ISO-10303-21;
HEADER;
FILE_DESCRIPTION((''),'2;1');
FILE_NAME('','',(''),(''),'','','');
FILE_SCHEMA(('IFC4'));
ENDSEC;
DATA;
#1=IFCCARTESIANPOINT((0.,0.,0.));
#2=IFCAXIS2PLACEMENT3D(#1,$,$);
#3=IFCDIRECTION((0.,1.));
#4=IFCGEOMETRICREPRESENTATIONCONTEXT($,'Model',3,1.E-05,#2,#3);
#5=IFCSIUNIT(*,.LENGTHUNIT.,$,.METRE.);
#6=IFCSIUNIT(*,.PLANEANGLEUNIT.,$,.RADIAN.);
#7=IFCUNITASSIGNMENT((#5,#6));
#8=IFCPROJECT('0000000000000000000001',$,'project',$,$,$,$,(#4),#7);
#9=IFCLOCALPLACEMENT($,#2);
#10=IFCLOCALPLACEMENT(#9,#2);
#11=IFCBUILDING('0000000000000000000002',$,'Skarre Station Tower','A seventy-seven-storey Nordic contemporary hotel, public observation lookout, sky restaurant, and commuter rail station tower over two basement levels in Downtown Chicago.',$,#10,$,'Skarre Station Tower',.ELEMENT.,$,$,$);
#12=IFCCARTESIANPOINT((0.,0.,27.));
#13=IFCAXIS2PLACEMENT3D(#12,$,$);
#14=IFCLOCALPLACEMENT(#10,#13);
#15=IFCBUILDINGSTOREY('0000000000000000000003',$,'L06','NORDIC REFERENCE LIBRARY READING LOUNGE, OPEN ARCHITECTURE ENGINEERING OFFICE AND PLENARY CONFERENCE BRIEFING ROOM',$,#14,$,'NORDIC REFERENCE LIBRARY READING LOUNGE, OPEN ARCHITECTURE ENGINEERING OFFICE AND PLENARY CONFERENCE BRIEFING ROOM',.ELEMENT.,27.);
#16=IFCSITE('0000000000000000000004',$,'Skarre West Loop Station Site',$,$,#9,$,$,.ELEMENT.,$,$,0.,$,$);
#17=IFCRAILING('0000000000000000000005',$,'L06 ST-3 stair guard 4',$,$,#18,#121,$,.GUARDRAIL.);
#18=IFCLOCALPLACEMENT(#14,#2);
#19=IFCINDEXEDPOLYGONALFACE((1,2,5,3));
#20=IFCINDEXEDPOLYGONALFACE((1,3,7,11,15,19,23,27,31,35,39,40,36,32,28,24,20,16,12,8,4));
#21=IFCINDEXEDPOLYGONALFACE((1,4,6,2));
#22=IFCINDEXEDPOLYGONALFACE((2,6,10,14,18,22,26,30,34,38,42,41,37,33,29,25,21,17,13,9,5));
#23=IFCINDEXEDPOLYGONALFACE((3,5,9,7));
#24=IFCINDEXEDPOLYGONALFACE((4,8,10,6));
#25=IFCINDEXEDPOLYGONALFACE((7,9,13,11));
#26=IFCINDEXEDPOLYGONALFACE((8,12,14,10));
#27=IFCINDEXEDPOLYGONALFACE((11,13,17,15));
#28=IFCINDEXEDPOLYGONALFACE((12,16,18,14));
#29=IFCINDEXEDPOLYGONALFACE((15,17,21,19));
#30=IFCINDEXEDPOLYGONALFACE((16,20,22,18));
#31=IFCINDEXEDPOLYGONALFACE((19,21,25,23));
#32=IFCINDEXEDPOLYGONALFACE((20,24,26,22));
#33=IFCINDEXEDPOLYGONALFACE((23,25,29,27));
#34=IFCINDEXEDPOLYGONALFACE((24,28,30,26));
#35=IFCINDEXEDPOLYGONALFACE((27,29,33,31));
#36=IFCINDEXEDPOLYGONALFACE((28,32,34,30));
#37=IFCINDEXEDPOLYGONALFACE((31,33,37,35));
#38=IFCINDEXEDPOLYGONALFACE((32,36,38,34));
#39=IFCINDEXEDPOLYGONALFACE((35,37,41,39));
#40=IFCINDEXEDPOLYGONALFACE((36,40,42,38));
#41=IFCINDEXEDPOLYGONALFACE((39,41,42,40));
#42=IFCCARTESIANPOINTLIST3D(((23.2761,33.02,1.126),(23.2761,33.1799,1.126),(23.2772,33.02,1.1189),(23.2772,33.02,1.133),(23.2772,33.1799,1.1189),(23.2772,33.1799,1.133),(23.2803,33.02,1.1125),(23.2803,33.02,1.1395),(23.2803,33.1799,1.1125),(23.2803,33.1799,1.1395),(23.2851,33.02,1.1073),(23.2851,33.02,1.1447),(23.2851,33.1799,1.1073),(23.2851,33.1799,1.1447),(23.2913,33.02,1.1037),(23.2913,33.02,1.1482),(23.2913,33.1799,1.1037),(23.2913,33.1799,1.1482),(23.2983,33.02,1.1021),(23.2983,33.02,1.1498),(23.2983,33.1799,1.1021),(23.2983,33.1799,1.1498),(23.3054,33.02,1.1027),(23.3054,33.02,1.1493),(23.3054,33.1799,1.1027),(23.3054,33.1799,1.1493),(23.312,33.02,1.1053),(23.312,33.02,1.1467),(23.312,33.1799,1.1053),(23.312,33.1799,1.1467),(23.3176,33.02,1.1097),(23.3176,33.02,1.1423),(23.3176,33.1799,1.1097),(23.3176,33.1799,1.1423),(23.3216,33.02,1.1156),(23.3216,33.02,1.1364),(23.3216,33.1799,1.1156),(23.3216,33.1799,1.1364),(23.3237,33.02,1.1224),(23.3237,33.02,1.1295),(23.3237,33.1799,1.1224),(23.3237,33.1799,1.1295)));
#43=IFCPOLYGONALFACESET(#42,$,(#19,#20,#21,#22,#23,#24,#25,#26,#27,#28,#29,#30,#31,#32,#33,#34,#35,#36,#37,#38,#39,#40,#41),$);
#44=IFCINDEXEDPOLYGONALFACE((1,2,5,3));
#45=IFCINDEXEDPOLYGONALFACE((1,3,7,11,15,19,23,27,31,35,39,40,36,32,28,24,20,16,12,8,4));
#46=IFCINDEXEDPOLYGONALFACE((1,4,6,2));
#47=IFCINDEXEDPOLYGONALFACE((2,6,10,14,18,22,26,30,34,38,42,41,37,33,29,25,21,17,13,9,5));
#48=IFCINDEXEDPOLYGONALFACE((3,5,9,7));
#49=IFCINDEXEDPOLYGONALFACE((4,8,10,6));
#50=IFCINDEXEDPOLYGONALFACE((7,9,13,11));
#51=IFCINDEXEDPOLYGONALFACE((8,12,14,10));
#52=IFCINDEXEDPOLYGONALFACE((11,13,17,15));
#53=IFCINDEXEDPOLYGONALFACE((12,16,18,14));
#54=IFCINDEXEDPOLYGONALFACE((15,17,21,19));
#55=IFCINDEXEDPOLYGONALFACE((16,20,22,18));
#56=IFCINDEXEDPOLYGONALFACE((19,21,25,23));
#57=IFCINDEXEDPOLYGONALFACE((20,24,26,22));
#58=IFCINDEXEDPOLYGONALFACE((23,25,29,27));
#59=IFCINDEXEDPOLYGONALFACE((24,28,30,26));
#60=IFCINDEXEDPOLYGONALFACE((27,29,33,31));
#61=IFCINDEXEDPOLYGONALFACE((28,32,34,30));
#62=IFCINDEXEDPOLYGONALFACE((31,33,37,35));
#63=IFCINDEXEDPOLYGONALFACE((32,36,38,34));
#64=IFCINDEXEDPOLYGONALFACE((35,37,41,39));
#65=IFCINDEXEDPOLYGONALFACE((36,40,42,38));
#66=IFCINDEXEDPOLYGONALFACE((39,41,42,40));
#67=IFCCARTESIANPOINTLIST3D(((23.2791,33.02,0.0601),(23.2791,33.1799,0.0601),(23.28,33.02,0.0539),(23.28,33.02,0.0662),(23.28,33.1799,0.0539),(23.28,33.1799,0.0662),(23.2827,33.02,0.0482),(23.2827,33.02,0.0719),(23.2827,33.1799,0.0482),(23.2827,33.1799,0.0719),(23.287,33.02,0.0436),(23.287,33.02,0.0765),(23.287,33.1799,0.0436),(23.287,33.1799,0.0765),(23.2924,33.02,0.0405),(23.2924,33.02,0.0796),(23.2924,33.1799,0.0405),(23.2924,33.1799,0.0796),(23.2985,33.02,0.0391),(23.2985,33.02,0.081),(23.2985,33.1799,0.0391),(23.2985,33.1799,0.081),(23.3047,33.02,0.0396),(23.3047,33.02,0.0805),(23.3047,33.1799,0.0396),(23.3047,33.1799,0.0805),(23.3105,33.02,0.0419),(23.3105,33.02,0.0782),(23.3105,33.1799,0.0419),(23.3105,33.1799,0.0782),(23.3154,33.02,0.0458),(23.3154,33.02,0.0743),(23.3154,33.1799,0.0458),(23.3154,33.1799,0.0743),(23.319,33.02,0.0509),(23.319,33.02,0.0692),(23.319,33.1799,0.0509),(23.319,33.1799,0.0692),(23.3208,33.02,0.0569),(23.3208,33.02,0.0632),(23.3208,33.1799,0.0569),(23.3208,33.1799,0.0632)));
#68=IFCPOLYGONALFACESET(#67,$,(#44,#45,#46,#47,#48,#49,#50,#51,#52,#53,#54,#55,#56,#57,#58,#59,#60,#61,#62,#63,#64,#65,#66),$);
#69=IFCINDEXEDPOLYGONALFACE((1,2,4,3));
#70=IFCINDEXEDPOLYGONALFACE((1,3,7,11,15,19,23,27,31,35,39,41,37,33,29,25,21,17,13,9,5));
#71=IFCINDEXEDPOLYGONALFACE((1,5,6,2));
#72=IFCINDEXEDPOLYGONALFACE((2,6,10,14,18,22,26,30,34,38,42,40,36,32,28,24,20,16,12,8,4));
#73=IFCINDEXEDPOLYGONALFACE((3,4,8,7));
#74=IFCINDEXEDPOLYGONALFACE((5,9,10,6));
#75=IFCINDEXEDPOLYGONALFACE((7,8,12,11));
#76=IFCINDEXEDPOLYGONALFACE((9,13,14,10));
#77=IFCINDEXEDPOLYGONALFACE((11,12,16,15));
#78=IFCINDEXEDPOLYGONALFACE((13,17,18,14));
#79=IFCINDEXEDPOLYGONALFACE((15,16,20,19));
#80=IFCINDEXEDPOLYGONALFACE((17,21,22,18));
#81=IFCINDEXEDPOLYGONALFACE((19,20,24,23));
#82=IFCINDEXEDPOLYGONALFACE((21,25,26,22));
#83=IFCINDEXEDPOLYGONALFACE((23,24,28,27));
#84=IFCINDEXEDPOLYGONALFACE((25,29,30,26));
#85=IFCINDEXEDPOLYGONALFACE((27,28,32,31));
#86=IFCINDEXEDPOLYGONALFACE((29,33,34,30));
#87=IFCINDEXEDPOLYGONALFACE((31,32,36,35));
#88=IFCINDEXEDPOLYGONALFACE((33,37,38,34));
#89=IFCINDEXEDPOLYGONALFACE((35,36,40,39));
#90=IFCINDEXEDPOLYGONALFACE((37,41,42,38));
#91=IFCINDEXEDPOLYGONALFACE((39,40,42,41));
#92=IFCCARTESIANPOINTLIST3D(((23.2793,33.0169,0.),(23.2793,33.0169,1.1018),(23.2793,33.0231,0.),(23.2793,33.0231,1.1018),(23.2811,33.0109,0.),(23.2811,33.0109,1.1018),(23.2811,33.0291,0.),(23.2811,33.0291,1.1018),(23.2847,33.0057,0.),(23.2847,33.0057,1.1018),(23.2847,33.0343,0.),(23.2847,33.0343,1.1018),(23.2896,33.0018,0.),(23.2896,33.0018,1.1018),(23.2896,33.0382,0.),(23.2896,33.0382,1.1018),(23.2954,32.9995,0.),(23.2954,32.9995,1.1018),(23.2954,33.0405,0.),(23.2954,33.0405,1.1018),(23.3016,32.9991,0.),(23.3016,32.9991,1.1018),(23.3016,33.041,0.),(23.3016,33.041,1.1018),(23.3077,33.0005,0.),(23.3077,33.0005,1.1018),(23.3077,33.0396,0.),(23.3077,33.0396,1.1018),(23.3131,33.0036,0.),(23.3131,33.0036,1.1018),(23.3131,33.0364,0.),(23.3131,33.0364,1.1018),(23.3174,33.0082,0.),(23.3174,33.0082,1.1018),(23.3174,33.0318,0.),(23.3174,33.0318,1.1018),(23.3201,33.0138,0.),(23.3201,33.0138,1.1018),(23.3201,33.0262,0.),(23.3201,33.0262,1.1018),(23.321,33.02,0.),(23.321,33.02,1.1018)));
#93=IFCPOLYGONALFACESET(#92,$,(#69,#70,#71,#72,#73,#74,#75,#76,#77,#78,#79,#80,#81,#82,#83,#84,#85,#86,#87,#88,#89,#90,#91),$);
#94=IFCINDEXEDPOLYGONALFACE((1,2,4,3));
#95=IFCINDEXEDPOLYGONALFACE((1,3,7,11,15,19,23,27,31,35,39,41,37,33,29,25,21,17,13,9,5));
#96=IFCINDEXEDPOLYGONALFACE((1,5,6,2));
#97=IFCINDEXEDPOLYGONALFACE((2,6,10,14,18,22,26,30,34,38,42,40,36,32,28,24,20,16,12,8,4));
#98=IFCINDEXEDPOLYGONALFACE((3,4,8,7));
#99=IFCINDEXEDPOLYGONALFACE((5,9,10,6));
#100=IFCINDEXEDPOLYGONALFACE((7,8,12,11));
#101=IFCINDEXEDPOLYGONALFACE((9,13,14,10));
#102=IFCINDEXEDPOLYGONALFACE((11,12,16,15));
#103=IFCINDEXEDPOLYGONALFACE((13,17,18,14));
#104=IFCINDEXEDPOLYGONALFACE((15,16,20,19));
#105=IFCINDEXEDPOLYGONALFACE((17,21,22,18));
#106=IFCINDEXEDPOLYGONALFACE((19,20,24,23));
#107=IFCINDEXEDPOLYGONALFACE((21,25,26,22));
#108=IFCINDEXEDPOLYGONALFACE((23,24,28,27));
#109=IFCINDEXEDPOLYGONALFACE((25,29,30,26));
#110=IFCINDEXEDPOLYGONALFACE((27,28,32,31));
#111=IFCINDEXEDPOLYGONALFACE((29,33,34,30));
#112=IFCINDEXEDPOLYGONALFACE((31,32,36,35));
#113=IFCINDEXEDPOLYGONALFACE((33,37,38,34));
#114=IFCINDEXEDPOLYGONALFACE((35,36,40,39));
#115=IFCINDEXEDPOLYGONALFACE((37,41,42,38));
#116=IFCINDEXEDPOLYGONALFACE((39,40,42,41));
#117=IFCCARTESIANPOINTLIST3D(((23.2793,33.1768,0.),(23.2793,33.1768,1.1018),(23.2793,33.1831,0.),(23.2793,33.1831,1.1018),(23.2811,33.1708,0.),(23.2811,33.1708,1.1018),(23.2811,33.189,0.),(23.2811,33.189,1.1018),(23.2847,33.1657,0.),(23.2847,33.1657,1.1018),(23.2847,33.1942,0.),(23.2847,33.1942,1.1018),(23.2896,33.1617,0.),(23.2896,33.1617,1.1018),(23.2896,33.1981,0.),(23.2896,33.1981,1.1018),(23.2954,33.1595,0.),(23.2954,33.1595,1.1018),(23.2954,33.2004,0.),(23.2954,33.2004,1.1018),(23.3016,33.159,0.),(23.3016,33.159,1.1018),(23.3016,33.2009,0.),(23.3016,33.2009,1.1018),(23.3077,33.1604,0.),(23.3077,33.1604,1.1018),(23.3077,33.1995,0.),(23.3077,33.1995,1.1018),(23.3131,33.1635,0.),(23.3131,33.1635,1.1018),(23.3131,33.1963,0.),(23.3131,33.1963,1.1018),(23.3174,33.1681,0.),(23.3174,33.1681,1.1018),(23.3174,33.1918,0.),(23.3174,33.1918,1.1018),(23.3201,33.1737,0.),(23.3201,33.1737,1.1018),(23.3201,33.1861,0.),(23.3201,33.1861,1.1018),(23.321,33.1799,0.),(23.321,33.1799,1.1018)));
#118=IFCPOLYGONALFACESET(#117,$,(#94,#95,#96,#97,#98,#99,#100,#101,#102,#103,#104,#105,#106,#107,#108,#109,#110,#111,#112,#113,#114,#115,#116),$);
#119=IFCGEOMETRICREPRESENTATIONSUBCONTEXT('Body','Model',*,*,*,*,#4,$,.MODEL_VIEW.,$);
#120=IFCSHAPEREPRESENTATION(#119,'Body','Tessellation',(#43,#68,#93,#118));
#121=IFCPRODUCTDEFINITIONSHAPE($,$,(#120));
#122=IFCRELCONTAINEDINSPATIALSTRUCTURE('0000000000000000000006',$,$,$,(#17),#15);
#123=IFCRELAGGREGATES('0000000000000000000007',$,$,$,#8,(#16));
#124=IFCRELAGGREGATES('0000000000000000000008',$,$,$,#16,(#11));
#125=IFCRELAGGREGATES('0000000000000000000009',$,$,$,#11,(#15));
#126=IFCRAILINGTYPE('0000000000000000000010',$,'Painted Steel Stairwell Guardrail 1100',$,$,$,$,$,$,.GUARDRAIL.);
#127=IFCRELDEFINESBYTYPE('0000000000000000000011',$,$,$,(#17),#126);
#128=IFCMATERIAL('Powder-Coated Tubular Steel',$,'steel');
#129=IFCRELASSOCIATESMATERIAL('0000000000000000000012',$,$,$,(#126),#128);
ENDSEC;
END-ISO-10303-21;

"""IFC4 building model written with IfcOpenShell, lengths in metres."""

from ifc_helpers import new_model, si_unit, direction, frame, origin, origin_2d, place, context, subcontext, project, spatial, circle, extrude, material, type_object, element, save


model = new_model("IFC4")

# Units and contexts
model_context = context("Model", 3, precision=1e-05, world=origin(), true_north=direction((0.0, 1.0)))
body_context = subcontext(model_context, "Body", "Model", "MODEL_VIEW")
ifc_project = project(units=[si_unit("LENGTHUNIT", "METRE"), si_unit("PLANEANGLEUNIT", "RADIAN")], contexts=[model_context])

# Site, building, storey
site_placement = place(None, origin())
site = spatial("IfcSite", under=ifc_project, at=site_placement, Name="Skarre West Loop Station Site", CompositionType="ELEMENT", RefElevation=0.0)
building_placement = place(site_placement, origin())
building = spatial("IfcBuilding", under=site, at=building_placement, Name="Skarre Station Tower", Description="A seventy-seven-storey Nordic contemporary hotel, public observation lookout, sky restaurant, and commuter rail station tower over two basement levels in Downtown Chicago.", LongName="Skarre Station Tower", CompositionType="ELEMENT")
storey_placement = place(building_placement, frame((0.0, 0.0, 27.0)))
storey = spatial("IfcBuildingStorey", under=building, at=storey_placement, Name="L06", Description="NORDIC REFERENCE LIBRARY READING LOUNGE, OPEN ARCHITECTURE ENGINEERING OFFICE AND PLENARY CONFERENCE BRIEFING ROOM", LongName="NORDIC REFERENCE LIBRARY READING LOUNGE, OPEN ARCHITECTURE ENGINEERING OFFICE AND PLENARY CONFERENCE BRIEFING ROOM", CompositionType="ELEMENT", Elevation=27.0)

# Railing
ifc_material_1 = material(Name="Powder-Coated Tubular Steel", Category="steel")
railing_type_1 = type_object("IfcRailingType", Name="Painted Steel Stairwell Guardrail 1100", PredefinedType="GUARDRAIL", material=ifc_material_1)
railing_1_placement = place(storey_placement, frame((23.3, 33.02, 0.0)))
element("IfcRailing", 1, at=railing_1_placement, inside=storey, type_object=railing_type_1, Name="L06 ST-3 stair guard 4", PredefinedType="GUARDRAIL", context=body_context, shape_type="SweptSolid", body=[
    extrude(circle(Radius=0.0239, at=origin_2d()), frame((0.0, 0.0, 1.126), z_axis=(0.0, 1.0, 0.0), x_axis=(-1.0, 0.0, 0.0)), (0.0, 0.0, 1.0), 0.1599),
    extrude(circle(Radius=0.021, at=origin_2d()), frame((0.0, 0.0, 0.0601), z_axis=(0.0, 1.0, 0.0), x_axis=(-1.0, 0.0, 0.0)), (0.0, 0.0, 1.0), 0.1599),
    extrude(circle(Radius=0.021, at=origin_2d()), origin(), (0.0, 0.0, 1.0), 1.1018),
    extrude(circle(Radius=0.021, at=origin_2d()), frame((0.0, 0.1599, 0.0)), (0.0, 0.0, 1.0), 1.1018),
])

save(model, "model.ifc")
